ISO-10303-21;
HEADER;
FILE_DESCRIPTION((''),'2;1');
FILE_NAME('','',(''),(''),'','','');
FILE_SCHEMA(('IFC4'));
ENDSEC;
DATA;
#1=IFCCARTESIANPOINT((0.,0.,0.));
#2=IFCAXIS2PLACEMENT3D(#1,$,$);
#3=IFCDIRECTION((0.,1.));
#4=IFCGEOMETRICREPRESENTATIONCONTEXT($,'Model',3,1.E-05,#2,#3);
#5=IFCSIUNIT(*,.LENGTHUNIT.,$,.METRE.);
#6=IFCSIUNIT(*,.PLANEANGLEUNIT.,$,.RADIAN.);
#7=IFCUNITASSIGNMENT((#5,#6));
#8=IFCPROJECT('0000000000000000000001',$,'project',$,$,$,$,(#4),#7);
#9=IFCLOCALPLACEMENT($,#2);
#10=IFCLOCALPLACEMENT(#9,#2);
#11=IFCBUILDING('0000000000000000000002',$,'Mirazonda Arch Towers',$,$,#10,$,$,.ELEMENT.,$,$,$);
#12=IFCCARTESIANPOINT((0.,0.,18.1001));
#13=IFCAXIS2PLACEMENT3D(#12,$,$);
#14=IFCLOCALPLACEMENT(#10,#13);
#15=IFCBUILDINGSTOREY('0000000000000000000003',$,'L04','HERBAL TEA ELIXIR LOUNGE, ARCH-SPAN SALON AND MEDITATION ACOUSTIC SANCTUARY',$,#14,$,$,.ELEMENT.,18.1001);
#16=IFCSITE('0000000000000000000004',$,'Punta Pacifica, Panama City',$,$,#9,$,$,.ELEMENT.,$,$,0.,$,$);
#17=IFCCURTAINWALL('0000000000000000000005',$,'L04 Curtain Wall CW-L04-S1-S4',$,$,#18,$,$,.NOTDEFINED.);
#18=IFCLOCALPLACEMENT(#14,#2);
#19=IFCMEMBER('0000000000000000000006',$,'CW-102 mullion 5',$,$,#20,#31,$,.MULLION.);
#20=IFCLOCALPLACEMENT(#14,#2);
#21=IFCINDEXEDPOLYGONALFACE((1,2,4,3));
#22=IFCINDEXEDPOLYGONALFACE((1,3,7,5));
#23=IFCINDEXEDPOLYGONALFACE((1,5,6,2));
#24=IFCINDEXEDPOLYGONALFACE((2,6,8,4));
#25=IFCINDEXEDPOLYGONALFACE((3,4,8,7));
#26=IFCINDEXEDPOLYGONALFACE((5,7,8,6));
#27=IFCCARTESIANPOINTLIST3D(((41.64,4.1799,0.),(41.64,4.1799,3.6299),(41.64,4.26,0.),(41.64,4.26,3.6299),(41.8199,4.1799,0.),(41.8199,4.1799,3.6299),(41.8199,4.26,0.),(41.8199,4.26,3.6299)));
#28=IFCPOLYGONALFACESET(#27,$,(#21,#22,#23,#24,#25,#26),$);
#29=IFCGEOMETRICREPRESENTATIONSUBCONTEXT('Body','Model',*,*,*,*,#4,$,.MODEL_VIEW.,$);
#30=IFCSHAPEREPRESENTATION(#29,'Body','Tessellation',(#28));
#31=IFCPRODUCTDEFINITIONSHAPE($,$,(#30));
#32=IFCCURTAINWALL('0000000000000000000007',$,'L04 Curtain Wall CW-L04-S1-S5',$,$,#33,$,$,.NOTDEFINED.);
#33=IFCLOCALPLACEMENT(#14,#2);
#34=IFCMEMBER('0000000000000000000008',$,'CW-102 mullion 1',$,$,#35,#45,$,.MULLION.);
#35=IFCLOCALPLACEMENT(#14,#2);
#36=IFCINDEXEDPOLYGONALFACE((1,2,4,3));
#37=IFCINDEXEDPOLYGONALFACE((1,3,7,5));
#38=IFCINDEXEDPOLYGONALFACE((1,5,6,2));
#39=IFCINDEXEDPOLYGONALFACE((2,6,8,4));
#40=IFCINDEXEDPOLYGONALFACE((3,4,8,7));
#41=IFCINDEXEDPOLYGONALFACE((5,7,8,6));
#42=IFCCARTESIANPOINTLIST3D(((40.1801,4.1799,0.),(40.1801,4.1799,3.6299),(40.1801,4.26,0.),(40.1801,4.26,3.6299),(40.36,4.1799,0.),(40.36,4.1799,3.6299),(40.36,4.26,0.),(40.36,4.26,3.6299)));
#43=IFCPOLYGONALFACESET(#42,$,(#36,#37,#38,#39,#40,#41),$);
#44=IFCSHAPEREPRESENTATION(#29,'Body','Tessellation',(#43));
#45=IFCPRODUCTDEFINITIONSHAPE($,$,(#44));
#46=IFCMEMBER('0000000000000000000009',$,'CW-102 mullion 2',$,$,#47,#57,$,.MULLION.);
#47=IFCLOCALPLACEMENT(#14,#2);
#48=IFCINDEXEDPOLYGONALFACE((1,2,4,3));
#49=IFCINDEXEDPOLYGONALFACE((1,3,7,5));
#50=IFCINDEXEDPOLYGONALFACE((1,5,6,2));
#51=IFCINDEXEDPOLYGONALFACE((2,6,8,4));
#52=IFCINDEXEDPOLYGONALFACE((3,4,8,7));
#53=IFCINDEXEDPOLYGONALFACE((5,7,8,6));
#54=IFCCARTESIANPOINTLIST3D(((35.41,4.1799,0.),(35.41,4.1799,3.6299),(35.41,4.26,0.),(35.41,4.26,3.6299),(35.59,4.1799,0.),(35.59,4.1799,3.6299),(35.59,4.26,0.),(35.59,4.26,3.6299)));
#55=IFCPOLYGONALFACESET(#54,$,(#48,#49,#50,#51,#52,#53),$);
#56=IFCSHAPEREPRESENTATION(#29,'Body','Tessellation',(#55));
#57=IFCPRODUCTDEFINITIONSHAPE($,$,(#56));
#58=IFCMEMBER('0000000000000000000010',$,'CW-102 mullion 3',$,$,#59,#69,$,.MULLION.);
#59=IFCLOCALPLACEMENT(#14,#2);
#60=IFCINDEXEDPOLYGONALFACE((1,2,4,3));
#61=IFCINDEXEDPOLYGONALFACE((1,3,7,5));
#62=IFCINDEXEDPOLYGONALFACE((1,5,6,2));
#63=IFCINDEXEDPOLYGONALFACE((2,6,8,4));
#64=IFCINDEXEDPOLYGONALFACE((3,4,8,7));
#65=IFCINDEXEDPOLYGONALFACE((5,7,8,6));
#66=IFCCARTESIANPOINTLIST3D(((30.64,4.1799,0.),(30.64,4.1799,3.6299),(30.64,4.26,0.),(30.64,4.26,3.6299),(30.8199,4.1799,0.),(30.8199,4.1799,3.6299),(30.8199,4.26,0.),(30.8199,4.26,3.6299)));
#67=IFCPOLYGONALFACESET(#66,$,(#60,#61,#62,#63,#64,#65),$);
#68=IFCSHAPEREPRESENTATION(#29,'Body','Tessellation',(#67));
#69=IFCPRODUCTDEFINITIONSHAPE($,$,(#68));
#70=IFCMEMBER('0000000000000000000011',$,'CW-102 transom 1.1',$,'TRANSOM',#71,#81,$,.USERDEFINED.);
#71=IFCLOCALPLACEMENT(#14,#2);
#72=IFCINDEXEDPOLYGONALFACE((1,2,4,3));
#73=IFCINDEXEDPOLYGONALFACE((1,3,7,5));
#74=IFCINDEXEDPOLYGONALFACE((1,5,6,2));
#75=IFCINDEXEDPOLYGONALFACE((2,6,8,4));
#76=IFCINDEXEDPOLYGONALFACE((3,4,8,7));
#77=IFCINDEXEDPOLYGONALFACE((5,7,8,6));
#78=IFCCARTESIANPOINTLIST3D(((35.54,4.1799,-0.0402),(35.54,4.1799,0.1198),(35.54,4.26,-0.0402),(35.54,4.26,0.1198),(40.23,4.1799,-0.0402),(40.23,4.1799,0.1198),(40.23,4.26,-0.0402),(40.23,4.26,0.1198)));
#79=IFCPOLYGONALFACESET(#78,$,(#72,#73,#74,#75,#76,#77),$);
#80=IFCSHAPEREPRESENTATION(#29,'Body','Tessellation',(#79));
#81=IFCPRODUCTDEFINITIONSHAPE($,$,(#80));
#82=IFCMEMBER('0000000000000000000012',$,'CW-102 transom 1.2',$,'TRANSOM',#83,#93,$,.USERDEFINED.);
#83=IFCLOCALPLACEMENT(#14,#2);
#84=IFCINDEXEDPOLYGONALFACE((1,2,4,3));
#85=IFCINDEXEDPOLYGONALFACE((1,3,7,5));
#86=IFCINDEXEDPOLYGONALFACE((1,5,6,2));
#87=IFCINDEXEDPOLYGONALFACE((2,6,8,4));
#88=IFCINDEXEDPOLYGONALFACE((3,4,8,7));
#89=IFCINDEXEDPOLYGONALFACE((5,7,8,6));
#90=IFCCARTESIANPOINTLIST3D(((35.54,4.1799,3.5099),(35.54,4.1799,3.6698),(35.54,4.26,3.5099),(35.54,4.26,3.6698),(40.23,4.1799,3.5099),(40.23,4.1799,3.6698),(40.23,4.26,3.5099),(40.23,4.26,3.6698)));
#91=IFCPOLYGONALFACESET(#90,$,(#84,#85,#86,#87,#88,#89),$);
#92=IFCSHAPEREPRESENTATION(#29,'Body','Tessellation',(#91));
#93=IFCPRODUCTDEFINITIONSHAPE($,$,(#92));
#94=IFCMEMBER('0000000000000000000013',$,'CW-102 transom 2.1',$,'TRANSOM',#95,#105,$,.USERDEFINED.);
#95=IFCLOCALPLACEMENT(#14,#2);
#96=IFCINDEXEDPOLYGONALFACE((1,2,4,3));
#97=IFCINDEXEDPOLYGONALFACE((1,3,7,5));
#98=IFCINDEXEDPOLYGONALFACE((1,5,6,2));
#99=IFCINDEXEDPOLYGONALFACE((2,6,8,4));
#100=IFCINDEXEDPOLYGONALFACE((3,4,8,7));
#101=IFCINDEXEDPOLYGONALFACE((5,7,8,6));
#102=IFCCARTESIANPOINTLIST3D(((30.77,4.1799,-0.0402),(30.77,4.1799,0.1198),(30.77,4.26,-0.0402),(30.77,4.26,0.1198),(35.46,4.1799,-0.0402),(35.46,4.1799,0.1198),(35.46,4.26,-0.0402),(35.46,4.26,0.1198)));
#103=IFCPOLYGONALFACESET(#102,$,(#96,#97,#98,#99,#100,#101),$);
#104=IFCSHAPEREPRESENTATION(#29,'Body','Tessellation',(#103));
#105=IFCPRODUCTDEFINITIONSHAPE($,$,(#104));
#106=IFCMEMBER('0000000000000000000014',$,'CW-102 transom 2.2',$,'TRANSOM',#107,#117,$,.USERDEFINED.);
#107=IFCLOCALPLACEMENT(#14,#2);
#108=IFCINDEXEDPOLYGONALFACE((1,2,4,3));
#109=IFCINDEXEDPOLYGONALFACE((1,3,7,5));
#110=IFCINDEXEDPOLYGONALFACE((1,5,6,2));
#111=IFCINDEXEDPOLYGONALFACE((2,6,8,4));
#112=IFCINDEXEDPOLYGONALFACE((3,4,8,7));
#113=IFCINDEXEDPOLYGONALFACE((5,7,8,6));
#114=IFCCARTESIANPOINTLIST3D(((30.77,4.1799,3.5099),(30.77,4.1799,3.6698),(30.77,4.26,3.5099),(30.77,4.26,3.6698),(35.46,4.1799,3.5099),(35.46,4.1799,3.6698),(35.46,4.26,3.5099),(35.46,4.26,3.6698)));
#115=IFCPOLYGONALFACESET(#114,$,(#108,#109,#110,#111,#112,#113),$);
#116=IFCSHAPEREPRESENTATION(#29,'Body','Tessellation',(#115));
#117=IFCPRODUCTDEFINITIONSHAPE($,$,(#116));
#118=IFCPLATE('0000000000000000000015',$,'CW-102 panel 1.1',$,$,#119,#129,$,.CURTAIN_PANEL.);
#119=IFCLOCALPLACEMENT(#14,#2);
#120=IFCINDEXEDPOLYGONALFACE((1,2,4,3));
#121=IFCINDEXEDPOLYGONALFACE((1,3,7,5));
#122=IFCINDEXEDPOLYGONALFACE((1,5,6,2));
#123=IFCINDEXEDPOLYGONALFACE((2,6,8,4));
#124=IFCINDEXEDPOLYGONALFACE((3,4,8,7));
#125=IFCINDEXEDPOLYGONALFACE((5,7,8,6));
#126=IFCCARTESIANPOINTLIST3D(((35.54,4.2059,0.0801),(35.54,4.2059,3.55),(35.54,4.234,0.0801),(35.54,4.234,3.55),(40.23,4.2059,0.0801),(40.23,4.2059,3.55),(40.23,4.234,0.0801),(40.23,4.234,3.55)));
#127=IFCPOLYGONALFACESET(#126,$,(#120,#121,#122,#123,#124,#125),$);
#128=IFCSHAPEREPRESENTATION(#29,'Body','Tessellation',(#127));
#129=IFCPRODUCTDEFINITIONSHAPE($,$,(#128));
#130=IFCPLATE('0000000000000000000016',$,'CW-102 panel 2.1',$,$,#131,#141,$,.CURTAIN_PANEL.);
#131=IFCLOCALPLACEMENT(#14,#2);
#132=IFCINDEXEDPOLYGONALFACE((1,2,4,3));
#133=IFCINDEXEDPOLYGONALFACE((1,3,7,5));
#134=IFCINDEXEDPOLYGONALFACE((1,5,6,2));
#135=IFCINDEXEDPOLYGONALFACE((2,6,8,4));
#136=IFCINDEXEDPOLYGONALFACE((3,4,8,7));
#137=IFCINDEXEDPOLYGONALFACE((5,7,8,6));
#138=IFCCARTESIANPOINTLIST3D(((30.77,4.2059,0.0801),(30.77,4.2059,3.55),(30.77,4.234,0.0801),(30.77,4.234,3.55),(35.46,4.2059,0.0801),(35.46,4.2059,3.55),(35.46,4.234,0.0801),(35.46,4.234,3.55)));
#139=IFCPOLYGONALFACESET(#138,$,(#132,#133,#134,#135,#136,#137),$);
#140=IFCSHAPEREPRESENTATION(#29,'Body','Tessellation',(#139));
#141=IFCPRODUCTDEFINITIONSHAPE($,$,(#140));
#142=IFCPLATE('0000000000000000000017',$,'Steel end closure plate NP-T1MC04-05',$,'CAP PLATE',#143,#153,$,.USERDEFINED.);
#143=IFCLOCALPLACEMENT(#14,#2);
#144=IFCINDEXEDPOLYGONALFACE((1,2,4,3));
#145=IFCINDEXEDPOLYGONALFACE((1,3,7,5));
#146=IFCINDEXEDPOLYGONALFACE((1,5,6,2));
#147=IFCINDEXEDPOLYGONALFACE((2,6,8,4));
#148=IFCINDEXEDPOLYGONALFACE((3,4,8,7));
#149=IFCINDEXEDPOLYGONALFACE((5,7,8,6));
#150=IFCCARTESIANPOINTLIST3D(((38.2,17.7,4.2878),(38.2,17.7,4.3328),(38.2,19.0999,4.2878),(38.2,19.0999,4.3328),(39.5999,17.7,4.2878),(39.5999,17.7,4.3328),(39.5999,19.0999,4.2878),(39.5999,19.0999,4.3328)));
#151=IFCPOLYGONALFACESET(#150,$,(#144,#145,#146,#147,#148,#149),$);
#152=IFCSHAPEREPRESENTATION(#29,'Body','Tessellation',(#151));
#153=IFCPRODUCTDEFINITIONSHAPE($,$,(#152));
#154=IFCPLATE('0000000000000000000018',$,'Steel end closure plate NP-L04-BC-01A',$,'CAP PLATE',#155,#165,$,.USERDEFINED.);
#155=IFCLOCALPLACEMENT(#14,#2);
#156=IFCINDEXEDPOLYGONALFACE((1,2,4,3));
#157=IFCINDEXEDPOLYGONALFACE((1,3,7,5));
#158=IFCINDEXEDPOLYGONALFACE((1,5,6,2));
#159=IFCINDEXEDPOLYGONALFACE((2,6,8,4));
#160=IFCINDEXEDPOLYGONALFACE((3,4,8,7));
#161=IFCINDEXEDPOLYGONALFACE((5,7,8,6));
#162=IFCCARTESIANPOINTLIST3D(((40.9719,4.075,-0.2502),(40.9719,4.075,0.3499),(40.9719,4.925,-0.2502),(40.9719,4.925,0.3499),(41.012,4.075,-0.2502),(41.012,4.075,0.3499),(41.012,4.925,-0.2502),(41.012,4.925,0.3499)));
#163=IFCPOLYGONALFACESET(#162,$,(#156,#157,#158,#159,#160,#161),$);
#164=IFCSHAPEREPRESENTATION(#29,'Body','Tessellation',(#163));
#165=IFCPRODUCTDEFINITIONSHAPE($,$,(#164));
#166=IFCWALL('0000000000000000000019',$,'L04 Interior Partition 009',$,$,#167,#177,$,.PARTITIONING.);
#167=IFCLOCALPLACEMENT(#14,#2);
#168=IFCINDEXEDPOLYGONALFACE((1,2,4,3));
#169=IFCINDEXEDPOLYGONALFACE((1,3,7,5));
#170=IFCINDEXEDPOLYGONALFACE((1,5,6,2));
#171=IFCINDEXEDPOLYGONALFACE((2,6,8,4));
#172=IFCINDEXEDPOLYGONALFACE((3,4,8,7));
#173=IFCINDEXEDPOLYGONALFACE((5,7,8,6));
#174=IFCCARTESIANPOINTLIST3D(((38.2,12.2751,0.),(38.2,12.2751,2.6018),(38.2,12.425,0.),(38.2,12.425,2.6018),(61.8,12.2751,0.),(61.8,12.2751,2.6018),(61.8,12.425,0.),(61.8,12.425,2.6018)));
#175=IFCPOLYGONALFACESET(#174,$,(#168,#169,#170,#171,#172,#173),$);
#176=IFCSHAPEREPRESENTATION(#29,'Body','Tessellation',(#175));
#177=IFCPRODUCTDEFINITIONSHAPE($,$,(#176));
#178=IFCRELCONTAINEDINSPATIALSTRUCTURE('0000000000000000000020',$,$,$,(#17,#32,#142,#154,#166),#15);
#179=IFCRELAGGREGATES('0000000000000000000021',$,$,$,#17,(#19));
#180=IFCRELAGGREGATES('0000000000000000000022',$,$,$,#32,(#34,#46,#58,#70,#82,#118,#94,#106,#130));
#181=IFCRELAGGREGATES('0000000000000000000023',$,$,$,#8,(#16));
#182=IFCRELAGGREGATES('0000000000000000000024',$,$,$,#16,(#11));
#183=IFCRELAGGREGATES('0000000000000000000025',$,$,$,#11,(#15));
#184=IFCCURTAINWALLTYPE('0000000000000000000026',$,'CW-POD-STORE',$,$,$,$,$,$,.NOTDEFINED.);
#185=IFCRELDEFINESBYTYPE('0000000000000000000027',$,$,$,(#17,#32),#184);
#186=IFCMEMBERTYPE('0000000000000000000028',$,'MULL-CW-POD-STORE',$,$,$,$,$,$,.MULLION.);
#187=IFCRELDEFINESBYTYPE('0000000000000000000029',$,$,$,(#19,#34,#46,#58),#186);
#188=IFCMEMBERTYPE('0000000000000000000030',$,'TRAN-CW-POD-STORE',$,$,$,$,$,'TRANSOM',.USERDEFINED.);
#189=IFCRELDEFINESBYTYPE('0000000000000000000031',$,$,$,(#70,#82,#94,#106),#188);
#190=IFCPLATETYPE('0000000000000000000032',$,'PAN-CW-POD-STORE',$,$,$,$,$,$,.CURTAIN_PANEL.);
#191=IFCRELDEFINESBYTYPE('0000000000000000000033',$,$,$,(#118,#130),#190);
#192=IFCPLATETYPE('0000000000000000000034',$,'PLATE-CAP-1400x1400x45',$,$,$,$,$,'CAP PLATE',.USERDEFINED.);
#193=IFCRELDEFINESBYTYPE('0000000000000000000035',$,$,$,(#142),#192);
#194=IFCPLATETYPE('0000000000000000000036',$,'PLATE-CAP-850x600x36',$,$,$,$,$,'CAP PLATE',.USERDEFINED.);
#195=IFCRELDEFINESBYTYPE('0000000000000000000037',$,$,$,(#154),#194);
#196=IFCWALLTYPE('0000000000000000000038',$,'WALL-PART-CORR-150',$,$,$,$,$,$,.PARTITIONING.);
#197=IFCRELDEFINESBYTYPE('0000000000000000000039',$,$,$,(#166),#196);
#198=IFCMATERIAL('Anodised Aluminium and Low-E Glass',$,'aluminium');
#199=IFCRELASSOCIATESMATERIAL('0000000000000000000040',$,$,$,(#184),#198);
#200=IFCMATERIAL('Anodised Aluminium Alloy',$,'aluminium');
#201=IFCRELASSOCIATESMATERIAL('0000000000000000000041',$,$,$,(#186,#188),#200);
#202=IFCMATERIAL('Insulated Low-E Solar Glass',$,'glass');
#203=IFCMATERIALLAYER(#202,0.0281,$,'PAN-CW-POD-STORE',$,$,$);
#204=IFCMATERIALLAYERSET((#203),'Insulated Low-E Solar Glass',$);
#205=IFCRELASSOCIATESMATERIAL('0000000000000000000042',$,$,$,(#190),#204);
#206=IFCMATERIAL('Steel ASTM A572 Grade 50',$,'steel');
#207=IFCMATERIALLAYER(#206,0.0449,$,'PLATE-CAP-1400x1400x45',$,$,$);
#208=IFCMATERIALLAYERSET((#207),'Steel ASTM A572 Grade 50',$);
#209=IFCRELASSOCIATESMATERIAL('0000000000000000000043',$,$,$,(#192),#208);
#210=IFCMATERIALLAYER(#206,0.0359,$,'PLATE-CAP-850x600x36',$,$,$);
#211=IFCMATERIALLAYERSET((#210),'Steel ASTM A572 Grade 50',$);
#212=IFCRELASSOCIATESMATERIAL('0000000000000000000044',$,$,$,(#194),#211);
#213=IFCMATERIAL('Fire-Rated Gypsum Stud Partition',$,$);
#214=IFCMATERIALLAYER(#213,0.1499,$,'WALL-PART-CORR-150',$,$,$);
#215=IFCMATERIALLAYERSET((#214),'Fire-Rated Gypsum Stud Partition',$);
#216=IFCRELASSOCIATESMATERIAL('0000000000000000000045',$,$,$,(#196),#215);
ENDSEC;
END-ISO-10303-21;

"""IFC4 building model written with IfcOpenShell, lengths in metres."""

from ifc_helpers import new_model, si_unit, direction, frame, frame_2d, origin, origin_2d, place, context, subcontext, project, spatial, rectangle, extrude, material, layer, layer_set, material_profile, profile_set, type_object, element, aggregate, save


model = new_model("IFC4")

# Units and contexts
model_context = context("Model", 3, precision=1e-05, world=origin(), true_north=direction((0.0, 1.0)))
body_context = subcontext(model_context, "Body", "Model", "MODEL_VIEW")
ifc_project = project(units=[si_unit("LENGTHUNIT", "METRE"), si_unit("PLANEANGLEUNIT", "RADIAN")], contexts=[model_context])

# Site, building, storey
site_placement = place(None, origin())
site = spatial("IfcSite", under=ifc_project, at=site_placement, Name="Punta Pacifica, Panama City", CompositionType="ELEMENT", RefElevation=0.0)
building_placement = place(site_placement, origin())
building = spatial("IfcBuilding", under=site, at=building_placement, Name="Mirazonda Arch Towers", CompositionType="ELEMENT")
storey_placement = place(building_placement, frame((0.0, 0.0, 18.1001)))
storey = spatial("IfcBuildingStorey", under=building, at=storey_placement, Name="L04", Description="HERBAL TEA ELIXIR LOUNGE, ARCH-SPAN SALON AND MEDITATION ACOUSTIC SANCTUARY", CompositionType="ELEMENT", Elevation=18.1001)

# Shared definitions
ifc_material_1 = material(Name="Steel ASTM A572 Grade 50", Category="steel")

# Curtain wall, member
ifc_material_2 = material(Name="Anodised Aluminium and Low-E Glass", Category="aluminium")
curtain_wall_type = type_object("IfcCurtainWallType", Name="CW-POD-STORE", PredefinedType="NOTDEFINED", material=ifc_material_2)
curtain_wall_1_placement = place(storey_placement, origin())
curtain_wall_1 = element("IfcCurtainWall", 1, at=curtain_wall_1_placement, inside=storey, type_object=curtain_wall_type, Name="L04 Curtain Wall CW-L04-S1-S4", PredefinedType="NOTDEFINED")
ifc_material_3 = material(Name="Anodised Aluminium Alloy", Category="aluminium")
ifc_material_profile_1 = material_profile(ifc_material_3, rectangle(XDim=0.0801, YDim=0.1799, at=origin_2d()), Name="ALU-MULL-80x180")
ifc_profile_set_1 = profile_set([ifc_material_profile_1], Name="Anodised Aluminium Alloy")
member_type_1 = type_object("IfcMemberType", Name="MULL-CW-POD-STORE", PredefinedType="MULLION", material=ifc_profile_set_1)
member_1_placement = place(storey_placement, frame((41.73, 4.22, 0.0), z_axis=(0.0, 0.0, 1.0), x_axis=(0.0, -1.0, 0.0)))
member_1 = element("IfcMember", 2, at=member_1_placement, type_object=member_type_1, Name="CW-102 mullion 5", PredefinedType="MULLION", context=body_context, shape_type="SweptSolid", body=[
    extrude(rectangle(XDim=0.0801, YDim=0.1799, at=origin_2d()), origin(), (0.0, 0.0, 1.0), 3.6299),
])
aggregate(curtain_wall_1, [member_1])

# Curtain wall, members, plates
curtain_wall_2_placement = place(storey_placement, origin())
curtain_wall_2 = element("IfcCurtainWall", 3, at=curtain_wall_2_placement, inside=storey, type_object=curtain_wall_type, Name="L04 Curtain Wall CW-L04-S1-S5", PredefinedType="NOTDEFINED")
member_2_placement = place(storey_placement, frame((40.27, 4.22, 0.0), z_axis=(0.0, 0.0, 1.0), x_axis=(0.0, -1.0, 0.0)))
member_2 = element("IfcMember", 4, at=member_2_placement, type_object=member_type_1, Name="CW-102 mullion 1", PredefinedType="MULLION", context=body_context, shape_type="SweptSolid", body=[
    extrude(rectangle(XDim=0.0801, YDim=0.1799, at=origin_2d()), origin(), (0.0, 0.0, 1.0), 3.6299),
])
member_3_placement = place(storey_placement, frame((35.5, 4.22, 0.0), z_axis=(0.0, 0.0, 1.0), x_axis=(0.0, -1.0, 0.0)))
member_3 = element("IfcMember", 5, at=member_3_placement, type_object=member_type_1, Name="CW-102 mullion 2", PredefinedType="MULLION", context=body_context, shape_type="SweptSolid", body=[
    extrude(rectangle(XDim=0.0801, YDim=0.1799, at=origin_2d()), origin(), (0.0, 0.0, 1.0), 3.6299),
])
member_4_placement = place(storey_placement, frame((30.73, 4.22, 0.0), z_axis=(0.0, 0.0, 1.0), x_axis=(0.0, -1.0, 0.0)))
member_4 = element("IfcMember", 6, at=member_4_placement, type_object=member_type_1, Name="CW-102 mullion 3", PredefinedType="MULLION", context=body_context, shape_type="SweptSolid", body=[
    extrude(rectangle(XDim=0.0801, YDim=0.1799, at=origin_2d()), origin(), (0.0, 0.0, 1.0), 3.6299),
])
ifc_material_profile_2 = material_profile(ifc_material_3, rectangle(XDim=0.0801, YDim=0.1599, at=origin_2d()), Name="ALU-TRAN-80x160")
ifc_profile_set_2 = profile_set([ifc_material_profile_2], Name="Anodised Aluminium Alloy")
member_type_2 = type_object("IfcMemberType", Name="TRAN-CW-POD-STORE", ElementType="TRANSOM", PredefinedType="USERDEFINED", material=ifc_profile_set_2)
member_5_placement = place(storey_placement, frame((40.23, 4.22, 0.0398), z_axis=(-1.0, 0.0, 0.0), x_axis=(0.0, -1.0, 0.0)))
member_5 = element("IfcMember", 7, at=member_5_placement, type_object=member_type_2, Name="CW-102 transom 1.1", ObjectType="TRANSOM", PredefinedType="USERDEFINED", context=body_context, shape_type="SweptSolid", body=[
    extrude(rectangle(XDim=0.0801, YDim=0.1599, at=origin_2d()), origin(), (0.0, 0.0, 1.0), 4.6899),
])
member_6_placement = place(storey_placement, frame((40.23, 4.22, 3.5898), z_axis=(-1.0, 0.0, 0.0), x_axis=(0.0, -1.0, 0.0)))
member_6 = element("IfcMember", 8, at=member_6_placement, type_object=member_type_2, Name="CW-102 transom 1.2", ObjectType="TRANSOM", PredefinedType="USERDEFINED", context=body_context, shape_type="SweptSolid", body=[
    extrude(rectangle(XDim=0.0801, YDim=0.1599, at=origin_2d()), origin(), (0.0, 0.0, 1.0), 4.6899),
])
member_7_placement = place(storey_placement, frame((35.46, 4.22, 0.0398), z_axis=(-1.0, 0.0, 0.0), x_axis=(0.0, -1.0, 0.0)))
member_7 = element("IfcMember", 9, at=member_7_placement, type_object=member_type_2, Name="CW-102 transom 2.1", ObjectType="TRANSOM", PredefinedType="USERDEFINED", context=body_context, shape_type="SweptSolid", body=[
    extrude(rectangle(XDim=0.0801, YDim=0.1599, at=origin_2d()), origin(), (0.0, 0.0, 1.0), 4.6899),
])
member_8_placement = place(storey_placement, frame((35.46, 4.22, 3.5898), z_axis=(-1.0, 0.0, 0.0), x_axis=(0.0, -1.0, 0.0)))
member_8 = element("IfcMember", 10, at=member_8_placement, type_object=member_type_2, Name="CW-102 transom 2.2", ObjectType="TRANSOM", PredefinedType="USERDEFINED", context=body_context, shape_type="SweptSolid", body=[
    extrude(rectangle(XDim=0.0801, YDim=0.1599, at=origin_2d()), origin(), (0.0, 0.0, 1.0), 4.6899),
])
ifc_material_4 = material(Name="Insulated Low-E Solar Glass", Category="glass")
ifc_layer_1 = layer(ifc_material_4, 0.0281, Name="PAN-CW-POD-STORE")
ifc_layer_set_1 = layer_set([ifc_layer_1], Name="Insulated Low-E Solar Glass")
plate_type_1 = type_object("IfcPlateType", Name="PAN-CW-POD-STORE", PredefinedType="CURTAIN_PANEL", material=ifc_layer_set_1)
plate_1_placement = place(storey_placement, frame((37.885, 4.22, 0.0801), z_axis=(0.0, 0.0, 1.0), x_axis=(-1.0, 0.0, 0.0)))
plate_1 = element("IfcPlate", 11, at=plate_1_placement, type_object=plate_type_1, Name="CW-102 panel 1.1", PredefinedType="CURTAIN_PANEL", context=body_context, shape_type="SweptSolid", body=[
    extrude(rectangle(XDim=4.6899, YDim=0.0281, at=origin_2d()), origin(), (0.0, 0.0, 1.0), 3.47),
])
plate_2_placement = place(storey_placement, frame((33.115, 4.22, 0.0801), z_axis=(0.0, 0.0, 1.0), x_axis=(-1.0, 0.0, 0.0)))
plate_2 = element("IfcPlate", 12, at=plate_2_placement, type_object=plate_type_1, Name="CW-102 panel 2.1", PredefinedType="CURTAIN_PANEL", context=body_context, shape_type="SweptSolid", body=[
    extrude(rectangle(XDim=4.6899, YDim=0.0281, at=origin_2d()), origin(), (0.0, 0.0, 1.0), 3.47),
])
aggregate(curtain_wall_2, [member_2, member_3, member_4, member_5, member_6, plate_1, member_7, member_8, plate_2])

# Plates
ifc_layer_2 = layer(ifc_material_1, 0.0449, Name="PLATE-CAP-1400x1400x45")
ifc_layer_set_2 = layer_set([ifc_layer_2], Name="Steel ASTM A572 Grade 50")
plate_type_2 = type_object("IfcPlateType", Name="PLATE-CAP-1400x1400x45", ElementType="CAP PLATE", PredefinedType="USERDEFINED", material=ifc_layer_set_2)
plate_3_placement = place(storey_placement, frame((38.8999, 18.3999, 4.2878), z_axis=(0.0, 0.0, 1.0), x_axis=(1.0, 0.0, 0.0)))
element("IfcPlate", 13, at=plate_3_placement, inside=storey, type_object=plate_type_2, Name="Steel end closure plate NP-T1MC04-05", ObjectType="CAP PLATE", PredefinedType="USERDEFINED", context=body_context, shape_type="SweptSolid", body=[
    extrude(rectangle(XDim=1.3999, YDim=1.3999, at=origin_2d()), origin(), (0.0, 0.0, 1.0), 0.0449),
])
ifc_layer_3 = layer(ifc_material_1, 0.0359, Name="PLATE-CAP-850x600x36")
ifc_layer_set_3 = layer_set([ifc_layer_3], Name="Steel ASTM A572 Grade 50")
plate_type_3 = type_object("IfcPlateType", Name="PLATE-CAP-850x600x36", ElementType="CAP PLATE", PredefinedType="USERDEFINED", material=ifc_layer_set_3)
plate_4_placement = place(storey_placement, frame((40.9919, 4.5, -0.2502), z_axis=(0.0, 0.0, 1.0), x_axis=(-1.0, 0.0, 0.0)))
element("IfcPlate", 14, at=plate_4_placement, inside=storey, type_object=plate_type_3, Name="Steel end closure plate NP-L04-BC-01A", ObjectType="CAP PLATE", PredefinedType="USERDEFINED", context=body_context, shape_type="SweptSolid", body=[
    extrude(rectangle(XDim=0.04, YDim=0.8501, at=origin_2d()), origin(), (0.0, 0.0, 1.0), 0.6001),
])

# Wall
ifc_material_5 = material(Name="Fire-Rated Gypsum Stud Partition")
ifc_layer_4 = layer(ifc_material_5, 0.1499, Name="WALL-PART-CORR-150")
ifc_layer_set_4 = layer_set([ifc_layer_4], Name="Fire-Rated Gypsum Stud Partition")
wall_type = type_object("IfcWallType", Name="WALL-PART-CORR-150", PredefinedType="PARTITIONING", material=ifc_layer_set_4)
wall_1_placement = place(storey_placement, frame((38.2, 12.3501, 0.0), z_axis=(0.0, 0.0, 1.0), x_axis=(1.0, 0.0, 0.0)))
element("IfcWall", 15, at=wall_1_placement, inside=storey, type_object=wall_type, Name="L04 Interior Partition 009", PredefinedType="PARTITIONING", context=body_context, shape_type="SweptSolid", body=[
    extrude(rectangle(XDim=23.6001, YDim=0.1499, at=frame_2d((11.8, 0.0))), origin(), (0.0, 0.0, 1.0), 2.6018),
])

save(model, "model.ifc")
